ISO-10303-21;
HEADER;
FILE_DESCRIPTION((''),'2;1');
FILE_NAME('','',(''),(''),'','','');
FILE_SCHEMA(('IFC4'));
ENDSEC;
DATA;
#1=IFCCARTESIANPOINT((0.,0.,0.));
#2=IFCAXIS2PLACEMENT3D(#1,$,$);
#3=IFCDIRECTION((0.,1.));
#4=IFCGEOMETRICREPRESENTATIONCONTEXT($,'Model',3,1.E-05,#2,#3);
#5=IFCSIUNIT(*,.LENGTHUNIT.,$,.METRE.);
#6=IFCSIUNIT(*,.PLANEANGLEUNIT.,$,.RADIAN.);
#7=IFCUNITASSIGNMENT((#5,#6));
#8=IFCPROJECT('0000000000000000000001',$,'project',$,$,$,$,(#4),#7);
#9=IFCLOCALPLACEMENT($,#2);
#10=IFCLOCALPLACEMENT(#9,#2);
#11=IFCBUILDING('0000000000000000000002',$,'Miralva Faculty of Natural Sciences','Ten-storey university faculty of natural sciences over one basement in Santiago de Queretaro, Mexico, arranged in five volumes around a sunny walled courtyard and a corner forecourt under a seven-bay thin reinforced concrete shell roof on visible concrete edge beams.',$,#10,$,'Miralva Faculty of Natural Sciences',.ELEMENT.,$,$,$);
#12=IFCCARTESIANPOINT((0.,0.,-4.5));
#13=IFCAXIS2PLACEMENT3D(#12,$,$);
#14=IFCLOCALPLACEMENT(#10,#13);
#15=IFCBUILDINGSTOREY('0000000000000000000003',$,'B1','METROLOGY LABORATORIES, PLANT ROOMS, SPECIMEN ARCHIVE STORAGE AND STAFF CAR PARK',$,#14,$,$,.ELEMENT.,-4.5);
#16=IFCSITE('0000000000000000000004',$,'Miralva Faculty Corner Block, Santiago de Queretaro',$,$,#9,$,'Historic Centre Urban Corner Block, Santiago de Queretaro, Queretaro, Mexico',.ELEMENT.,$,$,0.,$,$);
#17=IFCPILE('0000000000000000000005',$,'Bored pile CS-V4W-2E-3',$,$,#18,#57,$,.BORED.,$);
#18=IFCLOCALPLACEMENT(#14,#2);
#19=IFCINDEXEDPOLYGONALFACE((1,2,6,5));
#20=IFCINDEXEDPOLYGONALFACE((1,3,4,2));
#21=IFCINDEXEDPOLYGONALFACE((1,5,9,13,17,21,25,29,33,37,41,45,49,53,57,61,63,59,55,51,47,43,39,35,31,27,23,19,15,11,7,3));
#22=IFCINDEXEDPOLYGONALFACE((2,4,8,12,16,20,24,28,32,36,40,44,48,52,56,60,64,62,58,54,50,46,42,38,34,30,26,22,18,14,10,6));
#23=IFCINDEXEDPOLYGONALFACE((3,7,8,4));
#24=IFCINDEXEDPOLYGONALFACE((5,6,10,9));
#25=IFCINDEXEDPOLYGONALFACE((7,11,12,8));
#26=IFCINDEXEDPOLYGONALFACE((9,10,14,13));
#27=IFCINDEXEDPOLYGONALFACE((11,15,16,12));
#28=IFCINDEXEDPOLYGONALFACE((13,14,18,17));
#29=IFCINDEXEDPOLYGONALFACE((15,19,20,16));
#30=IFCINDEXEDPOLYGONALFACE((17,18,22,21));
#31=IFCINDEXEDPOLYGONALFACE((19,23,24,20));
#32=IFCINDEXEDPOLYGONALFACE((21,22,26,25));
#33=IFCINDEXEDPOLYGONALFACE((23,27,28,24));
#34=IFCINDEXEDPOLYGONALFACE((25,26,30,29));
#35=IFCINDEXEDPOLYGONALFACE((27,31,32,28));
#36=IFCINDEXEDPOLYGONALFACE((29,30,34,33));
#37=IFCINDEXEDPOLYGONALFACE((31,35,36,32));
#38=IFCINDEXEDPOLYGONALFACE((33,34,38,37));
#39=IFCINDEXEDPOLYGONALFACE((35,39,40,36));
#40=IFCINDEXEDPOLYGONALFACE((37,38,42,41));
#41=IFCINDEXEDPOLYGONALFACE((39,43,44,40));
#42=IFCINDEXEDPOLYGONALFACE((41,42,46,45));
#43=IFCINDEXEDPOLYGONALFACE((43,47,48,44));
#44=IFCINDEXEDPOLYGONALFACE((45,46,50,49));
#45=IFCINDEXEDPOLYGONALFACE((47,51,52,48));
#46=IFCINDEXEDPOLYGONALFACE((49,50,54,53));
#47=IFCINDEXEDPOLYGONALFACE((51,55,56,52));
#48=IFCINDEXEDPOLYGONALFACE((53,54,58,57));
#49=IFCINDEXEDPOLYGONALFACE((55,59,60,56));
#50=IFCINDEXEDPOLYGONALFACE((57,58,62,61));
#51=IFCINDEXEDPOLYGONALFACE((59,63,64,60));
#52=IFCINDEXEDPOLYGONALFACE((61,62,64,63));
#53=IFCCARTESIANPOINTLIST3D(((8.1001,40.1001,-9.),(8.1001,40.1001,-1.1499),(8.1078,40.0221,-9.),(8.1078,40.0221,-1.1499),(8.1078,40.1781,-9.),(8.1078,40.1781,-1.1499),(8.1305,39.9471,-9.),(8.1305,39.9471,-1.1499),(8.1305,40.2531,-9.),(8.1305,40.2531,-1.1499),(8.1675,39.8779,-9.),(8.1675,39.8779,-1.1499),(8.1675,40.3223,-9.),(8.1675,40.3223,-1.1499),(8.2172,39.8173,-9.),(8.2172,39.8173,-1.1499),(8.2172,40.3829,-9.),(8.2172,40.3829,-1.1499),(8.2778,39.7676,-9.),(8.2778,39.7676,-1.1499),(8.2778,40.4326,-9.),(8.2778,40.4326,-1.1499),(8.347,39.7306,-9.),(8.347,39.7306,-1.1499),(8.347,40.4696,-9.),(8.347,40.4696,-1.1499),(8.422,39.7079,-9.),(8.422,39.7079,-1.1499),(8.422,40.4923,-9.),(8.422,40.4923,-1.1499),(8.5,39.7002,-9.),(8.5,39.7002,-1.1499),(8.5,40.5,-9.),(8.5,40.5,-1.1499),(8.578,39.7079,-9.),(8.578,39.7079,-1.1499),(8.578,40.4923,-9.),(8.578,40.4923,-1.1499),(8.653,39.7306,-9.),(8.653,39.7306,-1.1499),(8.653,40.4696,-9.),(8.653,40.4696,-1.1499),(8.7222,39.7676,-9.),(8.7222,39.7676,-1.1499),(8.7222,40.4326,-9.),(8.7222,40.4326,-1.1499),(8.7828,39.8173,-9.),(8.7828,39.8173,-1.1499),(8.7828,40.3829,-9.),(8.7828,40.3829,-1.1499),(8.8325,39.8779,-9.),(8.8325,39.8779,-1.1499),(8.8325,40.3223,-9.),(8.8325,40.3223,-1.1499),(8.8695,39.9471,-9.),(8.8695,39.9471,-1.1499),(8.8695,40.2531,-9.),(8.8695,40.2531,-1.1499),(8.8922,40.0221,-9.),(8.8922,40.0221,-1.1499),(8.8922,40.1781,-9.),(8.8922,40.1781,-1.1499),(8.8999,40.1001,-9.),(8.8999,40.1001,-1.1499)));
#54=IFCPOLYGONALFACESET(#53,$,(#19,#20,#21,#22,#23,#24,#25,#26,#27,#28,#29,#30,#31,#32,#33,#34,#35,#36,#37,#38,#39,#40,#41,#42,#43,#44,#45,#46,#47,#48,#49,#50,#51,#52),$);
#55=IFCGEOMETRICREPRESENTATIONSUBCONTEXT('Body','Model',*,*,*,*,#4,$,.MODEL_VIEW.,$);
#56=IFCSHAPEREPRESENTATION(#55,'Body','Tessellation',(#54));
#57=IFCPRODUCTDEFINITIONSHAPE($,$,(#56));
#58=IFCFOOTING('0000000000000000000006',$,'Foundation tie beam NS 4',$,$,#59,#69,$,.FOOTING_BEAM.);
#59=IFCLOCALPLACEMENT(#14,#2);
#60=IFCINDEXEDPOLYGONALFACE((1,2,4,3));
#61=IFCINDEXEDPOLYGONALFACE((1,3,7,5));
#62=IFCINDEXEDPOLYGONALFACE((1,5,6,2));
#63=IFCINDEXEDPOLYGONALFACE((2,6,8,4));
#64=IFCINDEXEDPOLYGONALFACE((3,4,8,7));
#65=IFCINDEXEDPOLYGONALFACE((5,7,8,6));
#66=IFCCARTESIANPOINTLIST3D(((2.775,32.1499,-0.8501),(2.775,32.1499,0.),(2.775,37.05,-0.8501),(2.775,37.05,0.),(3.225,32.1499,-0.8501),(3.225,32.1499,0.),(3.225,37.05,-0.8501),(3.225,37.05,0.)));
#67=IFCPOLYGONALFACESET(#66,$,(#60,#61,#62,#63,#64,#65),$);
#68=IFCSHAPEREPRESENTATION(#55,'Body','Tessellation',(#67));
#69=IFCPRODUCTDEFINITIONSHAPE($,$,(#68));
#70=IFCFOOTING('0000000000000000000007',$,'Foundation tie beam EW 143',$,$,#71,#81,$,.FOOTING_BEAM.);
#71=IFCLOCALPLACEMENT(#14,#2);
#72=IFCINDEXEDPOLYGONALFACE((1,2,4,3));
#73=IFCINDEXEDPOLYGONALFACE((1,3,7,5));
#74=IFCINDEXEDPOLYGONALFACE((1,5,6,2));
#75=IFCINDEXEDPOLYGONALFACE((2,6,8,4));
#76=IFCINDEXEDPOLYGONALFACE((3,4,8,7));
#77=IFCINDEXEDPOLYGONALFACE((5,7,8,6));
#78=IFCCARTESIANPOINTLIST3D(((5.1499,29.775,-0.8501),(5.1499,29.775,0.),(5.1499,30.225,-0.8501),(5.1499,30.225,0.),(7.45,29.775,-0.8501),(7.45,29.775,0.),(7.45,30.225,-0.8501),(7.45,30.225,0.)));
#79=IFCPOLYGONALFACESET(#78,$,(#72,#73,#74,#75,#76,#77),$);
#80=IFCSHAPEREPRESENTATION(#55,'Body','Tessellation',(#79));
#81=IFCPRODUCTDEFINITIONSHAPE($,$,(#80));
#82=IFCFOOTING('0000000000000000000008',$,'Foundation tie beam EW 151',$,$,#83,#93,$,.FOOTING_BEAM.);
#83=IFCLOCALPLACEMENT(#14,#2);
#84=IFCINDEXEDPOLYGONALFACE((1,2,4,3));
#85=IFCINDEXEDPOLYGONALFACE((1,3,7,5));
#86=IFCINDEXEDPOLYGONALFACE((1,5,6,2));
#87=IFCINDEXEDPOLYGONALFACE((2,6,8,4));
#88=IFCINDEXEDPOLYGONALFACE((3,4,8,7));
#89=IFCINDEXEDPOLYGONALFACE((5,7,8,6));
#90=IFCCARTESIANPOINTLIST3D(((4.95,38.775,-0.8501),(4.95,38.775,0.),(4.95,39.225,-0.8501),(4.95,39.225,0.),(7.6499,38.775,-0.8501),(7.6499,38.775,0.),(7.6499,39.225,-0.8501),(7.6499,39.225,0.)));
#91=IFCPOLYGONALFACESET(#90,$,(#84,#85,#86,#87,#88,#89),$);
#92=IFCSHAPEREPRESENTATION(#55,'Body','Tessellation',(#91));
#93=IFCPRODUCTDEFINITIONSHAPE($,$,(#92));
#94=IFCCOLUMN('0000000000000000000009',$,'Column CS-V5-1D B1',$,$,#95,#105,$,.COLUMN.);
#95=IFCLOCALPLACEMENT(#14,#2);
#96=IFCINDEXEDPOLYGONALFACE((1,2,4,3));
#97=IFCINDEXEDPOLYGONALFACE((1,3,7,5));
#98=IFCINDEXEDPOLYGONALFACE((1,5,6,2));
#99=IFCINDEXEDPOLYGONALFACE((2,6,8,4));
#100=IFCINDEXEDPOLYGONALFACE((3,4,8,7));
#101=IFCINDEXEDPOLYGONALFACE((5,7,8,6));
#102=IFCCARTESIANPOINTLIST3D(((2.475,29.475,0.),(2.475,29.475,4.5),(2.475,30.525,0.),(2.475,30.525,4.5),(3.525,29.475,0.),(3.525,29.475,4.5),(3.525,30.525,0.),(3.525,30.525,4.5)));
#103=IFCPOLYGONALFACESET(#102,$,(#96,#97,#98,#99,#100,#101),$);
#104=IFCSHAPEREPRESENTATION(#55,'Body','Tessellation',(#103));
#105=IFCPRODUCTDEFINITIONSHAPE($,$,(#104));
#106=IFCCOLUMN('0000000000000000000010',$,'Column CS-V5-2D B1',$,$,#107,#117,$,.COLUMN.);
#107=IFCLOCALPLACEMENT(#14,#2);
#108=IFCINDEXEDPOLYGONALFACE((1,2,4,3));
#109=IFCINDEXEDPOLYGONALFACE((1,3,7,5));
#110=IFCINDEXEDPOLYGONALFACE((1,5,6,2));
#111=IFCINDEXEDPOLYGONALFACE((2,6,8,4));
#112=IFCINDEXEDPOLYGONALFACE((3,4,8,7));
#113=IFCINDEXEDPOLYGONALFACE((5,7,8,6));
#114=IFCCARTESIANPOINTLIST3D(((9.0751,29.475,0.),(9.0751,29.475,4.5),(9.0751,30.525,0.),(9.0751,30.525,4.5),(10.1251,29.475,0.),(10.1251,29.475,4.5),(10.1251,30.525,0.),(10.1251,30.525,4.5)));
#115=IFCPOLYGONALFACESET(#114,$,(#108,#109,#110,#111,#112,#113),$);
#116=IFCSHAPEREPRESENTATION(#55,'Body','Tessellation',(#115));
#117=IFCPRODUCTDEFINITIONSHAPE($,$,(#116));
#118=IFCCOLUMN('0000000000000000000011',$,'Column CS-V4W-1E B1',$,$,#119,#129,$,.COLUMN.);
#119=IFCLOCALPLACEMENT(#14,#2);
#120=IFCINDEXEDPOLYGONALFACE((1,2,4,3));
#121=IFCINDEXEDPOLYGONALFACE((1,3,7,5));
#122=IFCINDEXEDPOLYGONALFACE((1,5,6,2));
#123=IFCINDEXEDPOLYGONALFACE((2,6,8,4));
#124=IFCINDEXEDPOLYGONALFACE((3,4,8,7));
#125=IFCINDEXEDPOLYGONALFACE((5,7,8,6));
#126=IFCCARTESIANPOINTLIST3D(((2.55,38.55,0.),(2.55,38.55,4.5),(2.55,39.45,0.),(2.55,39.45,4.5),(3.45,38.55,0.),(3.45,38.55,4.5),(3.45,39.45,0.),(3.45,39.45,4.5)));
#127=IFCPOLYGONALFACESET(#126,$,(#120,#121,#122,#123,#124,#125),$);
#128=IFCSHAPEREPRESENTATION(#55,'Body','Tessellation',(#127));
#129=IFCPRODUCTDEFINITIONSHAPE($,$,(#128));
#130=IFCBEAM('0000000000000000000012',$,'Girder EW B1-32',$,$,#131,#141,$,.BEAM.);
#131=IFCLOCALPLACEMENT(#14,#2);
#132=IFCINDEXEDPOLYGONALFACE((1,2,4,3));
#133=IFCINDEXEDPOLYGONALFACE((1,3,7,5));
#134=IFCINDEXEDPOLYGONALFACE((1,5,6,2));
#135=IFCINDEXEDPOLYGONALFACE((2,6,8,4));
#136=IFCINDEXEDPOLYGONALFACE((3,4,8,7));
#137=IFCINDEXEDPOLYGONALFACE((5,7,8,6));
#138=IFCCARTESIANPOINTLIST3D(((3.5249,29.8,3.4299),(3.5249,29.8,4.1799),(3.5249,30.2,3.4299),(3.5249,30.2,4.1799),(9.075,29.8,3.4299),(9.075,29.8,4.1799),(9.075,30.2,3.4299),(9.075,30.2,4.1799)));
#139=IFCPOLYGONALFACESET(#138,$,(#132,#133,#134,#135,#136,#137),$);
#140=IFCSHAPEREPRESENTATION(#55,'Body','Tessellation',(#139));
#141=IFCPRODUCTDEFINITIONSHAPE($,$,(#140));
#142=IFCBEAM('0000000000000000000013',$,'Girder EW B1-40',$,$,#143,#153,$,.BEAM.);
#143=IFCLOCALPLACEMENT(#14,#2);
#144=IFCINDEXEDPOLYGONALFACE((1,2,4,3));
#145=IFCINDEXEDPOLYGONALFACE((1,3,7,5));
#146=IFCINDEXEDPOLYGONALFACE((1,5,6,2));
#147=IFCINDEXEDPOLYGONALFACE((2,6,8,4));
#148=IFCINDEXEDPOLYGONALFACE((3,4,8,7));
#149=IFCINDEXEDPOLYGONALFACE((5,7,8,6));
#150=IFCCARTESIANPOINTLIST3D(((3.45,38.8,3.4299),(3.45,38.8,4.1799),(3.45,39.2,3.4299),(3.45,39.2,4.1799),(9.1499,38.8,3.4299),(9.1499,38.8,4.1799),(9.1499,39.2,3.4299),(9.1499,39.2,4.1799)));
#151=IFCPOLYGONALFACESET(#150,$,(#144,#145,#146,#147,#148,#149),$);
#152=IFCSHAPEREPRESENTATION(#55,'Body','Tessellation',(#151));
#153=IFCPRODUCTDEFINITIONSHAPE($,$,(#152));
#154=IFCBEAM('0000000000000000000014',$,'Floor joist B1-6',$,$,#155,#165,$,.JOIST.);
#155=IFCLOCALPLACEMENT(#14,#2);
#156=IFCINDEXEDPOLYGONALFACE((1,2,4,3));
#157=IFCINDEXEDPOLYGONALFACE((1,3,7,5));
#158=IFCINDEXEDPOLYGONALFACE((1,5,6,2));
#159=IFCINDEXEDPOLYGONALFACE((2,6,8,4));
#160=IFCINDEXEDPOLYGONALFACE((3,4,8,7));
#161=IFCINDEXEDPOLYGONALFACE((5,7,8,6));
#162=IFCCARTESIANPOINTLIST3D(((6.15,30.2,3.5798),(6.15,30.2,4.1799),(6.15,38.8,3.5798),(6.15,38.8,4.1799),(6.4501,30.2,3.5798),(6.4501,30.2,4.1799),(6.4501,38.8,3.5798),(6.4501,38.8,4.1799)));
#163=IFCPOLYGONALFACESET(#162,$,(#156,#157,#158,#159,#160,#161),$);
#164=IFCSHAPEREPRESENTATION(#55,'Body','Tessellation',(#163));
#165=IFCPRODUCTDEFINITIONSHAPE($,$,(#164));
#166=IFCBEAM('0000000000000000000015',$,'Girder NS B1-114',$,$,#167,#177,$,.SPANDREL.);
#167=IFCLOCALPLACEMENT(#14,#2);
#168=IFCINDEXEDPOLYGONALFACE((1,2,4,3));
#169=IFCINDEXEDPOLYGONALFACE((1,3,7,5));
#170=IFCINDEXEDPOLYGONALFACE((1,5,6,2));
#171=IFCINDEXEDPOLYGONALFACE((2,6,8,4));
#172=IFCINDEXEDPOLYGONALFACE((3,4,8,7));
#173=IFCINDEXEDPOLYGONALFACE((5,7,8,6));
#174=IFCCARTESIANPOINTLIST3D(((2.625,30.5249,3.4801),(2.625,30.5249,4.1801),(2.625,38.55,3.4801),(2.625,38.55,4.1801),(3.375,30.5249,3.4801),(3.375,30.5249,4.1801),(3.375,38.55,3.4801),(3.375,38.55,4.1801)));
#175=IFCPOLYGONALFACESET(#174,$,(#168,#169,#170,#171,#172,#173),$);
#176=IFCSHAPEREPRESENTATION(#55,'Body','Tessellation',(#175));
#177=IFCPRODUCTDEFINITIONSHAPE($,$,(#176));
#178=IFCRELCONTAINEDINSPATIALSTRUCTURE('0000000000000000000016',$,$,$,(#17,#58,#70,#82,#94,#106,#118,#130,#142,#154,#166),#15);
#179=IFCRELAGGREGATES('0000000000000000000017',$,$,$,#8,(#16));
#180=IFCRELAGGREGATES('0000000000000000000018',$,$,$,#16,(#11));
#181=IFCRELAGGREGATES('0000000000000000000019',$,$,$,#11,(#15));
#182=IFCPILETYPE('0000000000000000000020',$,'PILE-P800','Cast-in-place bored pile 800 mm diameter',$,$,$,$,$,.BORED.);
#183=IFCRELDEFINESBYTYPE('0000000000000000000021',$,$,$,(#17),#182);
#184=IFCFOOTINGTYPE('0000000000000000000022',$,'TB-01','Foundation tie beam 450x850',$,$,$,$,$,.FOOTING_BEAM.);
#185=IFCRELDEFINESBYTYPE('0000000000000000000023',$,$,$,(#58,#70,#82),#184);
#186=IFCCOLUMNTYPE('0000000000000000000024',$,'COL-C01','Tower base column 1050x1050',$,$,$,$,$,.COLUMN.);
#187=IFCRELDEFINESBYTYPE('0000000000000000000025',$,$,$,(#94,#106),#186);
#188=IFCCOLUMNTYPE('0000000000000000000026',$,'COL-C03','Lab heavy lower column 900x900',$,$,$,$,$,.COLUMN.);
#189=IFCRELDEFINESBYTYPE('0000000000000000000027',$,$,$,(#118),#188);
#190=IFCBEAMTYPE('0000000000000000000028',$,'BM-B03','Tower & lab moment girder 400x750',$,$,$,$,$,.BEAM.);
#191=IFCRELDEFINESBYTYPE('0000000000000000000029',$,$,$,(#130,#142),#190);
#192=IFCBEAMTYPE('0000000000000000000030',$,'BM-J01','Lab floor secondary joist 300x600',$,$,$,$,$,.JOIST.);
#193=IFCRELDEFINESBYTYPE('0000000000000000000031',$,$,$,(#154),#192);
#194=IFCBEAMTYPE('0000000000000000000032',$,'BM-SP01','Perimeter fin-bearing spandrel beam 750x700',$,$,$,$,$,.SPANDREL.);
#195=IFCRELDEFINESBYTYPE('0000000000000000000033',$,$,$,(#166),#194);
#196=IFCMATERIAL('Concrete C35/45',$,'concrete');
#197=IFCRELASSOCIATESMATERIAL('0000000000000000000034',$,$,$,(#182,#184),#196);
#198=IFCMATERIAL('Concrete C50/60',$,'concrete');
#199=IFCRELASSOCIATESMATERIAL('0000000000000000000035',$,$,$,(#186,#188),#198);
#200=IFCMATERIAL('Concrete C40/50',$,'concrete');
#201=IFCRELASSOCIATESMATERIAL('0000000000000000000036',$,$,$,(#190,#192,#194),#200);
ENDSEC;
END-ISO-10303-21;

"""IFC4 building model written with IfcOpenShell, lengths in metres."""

from ifc_helpers import new_model, si_unit, direction, frame, origin, origin_2d, place, context, subcontext, project, spatial, rectangle, circle, extrude, material, material_profile, profile_set, type_object, element, save


model = new_model("IFC4")

# Units and contexts
model_context = context("Model", 3, precision=1e-05, world=origin(), true_north=direction((0.0, 1.0)))
body_context = subcontext(model_context, "Body", "Model", "MODEL_VIEW")
ifc_project = project(units=[si_unit("LENGTHUNIT", "METRE"), si_unit("PLANEANGLEUNIT", "RADIAN")], contexts=[model_context])

# Site, building, storey
site_placement = place(None, origin())
site = spatial("IfcSite", under=ifc_project, at=site_placement, Name="Miralva Faculty Corner Block, Santiago de Queretaro", LongName="Historic Centre Urban Corner Block, Santiago de Queretaro, Queretaro, Mexico", CompositionType="ELEMENT", RefElevation=0.0)
building_placement = place(site_placement, origin())
building = spatial("IfcBuilding", under=site, at=building_placement, Name="Miralva Faculty of Natural Sciences", Description="Ten-storey university faculty of natural sciences over one basement in Santiago de Queretaro, Mexico, arranged in five volumes around a sunny walled courtyard and a corner forecourt under a seven-bay thin reinforced concrete shell roof on visible concrete edge beams.", LongName="Miralva Faculty of Natural Sciences", CompositionType="ELEMENT")
storey_placement = place(building_placement, frame((0.0, 0.0, -4.5)))
storey = spatial("IfcBuildingStorey", under=building, at=storey_placement, Name="B1", Description="METROLOGY LABORATORIES, PLANT ROOMS, SPECIMEN ARCHIVE STORAGE AND STAFF CAR PARK", CompositionType="ELEMENT", Elevation=-4.5)

# Shared definitions
ifc_material_1 = material(Name="Concrete C35/45", Category="concrete")

# Pile
ifc_material_profile_1 = material_profile(ifc_material_1, circle(Radius=0.3999, at=origin_2d()), Name="BORED PILE 800")
ifc_profile_set_1 = profile_set([ifc_material_profile_1], Name="Concrete C35/45")
pile_type_1 = type_object("IfcPileType", Name="PILE-P800", Description="Cast-in-place bored pile 800 mm diameter", PredefinedType="BORED", material=ifc_profile_set_1)
for number, where, z_axis, x_axis, name in (
    (1, (8.5, 40.1001, -1.1499), (0.0, 0.0, -1.0), (1.0, 0.0, 0.0), "Bored pile CS-V4W-2E-3"),
):
    element("IfcPile", number, at=place(storey_placement, frame(where, z_axis=z_axis, x_axis=x_axis)), inside=storey, type_object=pile_type_1, Name=name, PredefinedType="BORED", context=body_context, shape_type="SweptSolid", body=[
        extrude(circle(Radius=0.3999, at=origin_2d()), origin(), (0.0, 0.0, 1.0), 7.8501),
    ])

# Footings
ifc_material_profile_2 = material_profile(ifc_material_1, rectangle(XDim=0.45, YDim=0.8501, at=origin_2d()), Name="RC 450x850")
ifc_profile_set_2 = profile_set([ifc_material_profile_2], Name="Concrete C35/45")
footing_type_1 = type_object("IfcFootingType", Name="TB-01", Description="Foundation tie beam 450x850", PredefinedType="FOOTING_BEAM", material=ifc_profile_set_2)
footing_1_placement = place(storey_placement, frame((3.0, 32.1499, -0.425), z_axis=(0.0, 1.0, 0.0), x_axis=(-1.0, 0.0, 0.0)))
element("IfcFooting", 2, at=footing_1_placement, inside=storey, type_object=footing_type_1, Name="Foundation tie beam NS 4", PredefinedType="FOOTING_BEAM", context=body_context, shape_type="SweptSolid", body=[
    extrude(rectangle(XDim=0.45, YDim=0.8501, at=origin_2d()), origin(), (0.0, 0.0, 1.0), 4.9001),
])
footing_2_placement = place(storey_placement, frame((5.1499, 30.0, -0.425), z_axis=(1.0, 0.0, 0.0), x_axis=(0.0, 1.0, 0.0)))
element("IfcFooting", 3, at=footing_2_placement, inside=storey, type_object=footing_type_1, Name="Foundation tie beam EW 143", PredefinedType="FOOTING_BEAM", context=body_context, shape_type="SweptSolid", body=[
    extrude(rectangle(XDim=0.45, YDim=0.8501, at=origin_2d()), origin(), (0.0, 0.0, 1.0), 2.3),
])
footing_3_placement = place(storey_placement, frame((4.95, 39.0, -0.425), z_axis=(1.0, 0.0, 0.0), x_axis=(0.0, 1.0, 0.0)))
element("IfcFooting", 4, at=footing_3_placement, inside=storey, type_object=footing_type_1, Name="Foundation tie beam EW 151", PredefinedType="FOOTING_BEAM", context=body_context, shape_type="SweptSolid", body=[
    extrude(rectangle(XDim=0.45, YDim=0.8501, at=origin_2d()), origin(), (0.0, 0.0, 1.0), 2.7),
])

# Columns
ifc_material_2 = material(Name="Concrete C50/60", Category="concrete")
ifc_material_profile_3 = material_profile(ifc_material_2, rectangle(XDim=1.05, YDim=1.05, at=origin_2d()), Name="RC 1050x1050")
ifc_profile_set_3 = profile_set([ifc_material_profile_3], Name="Concrete C50/60")
column_type_1 = type_object("IfcColumnType", Name="COL-C01", Description="Tower base column 1050x1050", PredefinedType="COLUMN", material=ifc_profile_set_3)
for number, where, z_axis, x_axis, name in (
    (5, (3.0, 30.0, 0.0), (0.0, 0.0, 1.0), (1.0, 0.0, 0.0), "Column CS-V5-1D B1"),
    (6, (9.6001, 30.0, 0.0), (0.0, 0.0, 1.0), (1.0, 0.0, 0.0), "Column CS-V5-2D B1"),
):
    element("IfcColumn", number, at=place(storey_placement, frame(where, z_axis=z_axis, x_axis=x_axis)), inside=storey, type_object=column_type_1, Name=name, PredefinedType="COLUMN", context=body_context, shape_type="SweptSolid", body=[
        extrude(rectangle(XDim=1.05, YDim=1.05, at=origin_2d()), origin(), (0.0, 0.0, 1.0), 4.5),
    ])
ifc_material_profile_4 = material_profile(ifc_material_2, rectangle(XDim=0.8999, YDim=0.8999, at=origin_2d()), Name="RC 900x900")
ifc_profile_set_4 = profile_set([ifc_material_profile_4], Name="Concrete C50/60")
column_type_2 = type_object("IfcColumnType", Name="COL-C03", Description="Lab heavy lower column 900x900", PredefinedType="COLUMN", material=ifc_profile_set_4)
column_placement = place(storey_placement, frame((3.0, 39.0, 0.0), z_axis=(0.0, 0.0, 1.0), x_axis=(1.0, 0.0, 0.0)))
element("IfcColumn", 7, at=column_placement, inside=storey, type_object=column_type_2, Name="Column CS-V4W-1E B1", PredefinedType="COLUMN", context=body_context, shape_type="SweptSolid", body=[
    extrude(rectangle(XDim=0.8999, YDim=0.8999, at=origin_2d()), origin(), (0.0, 0.0, 1.0), 4.5),
])

# Beams
ifc_material_3 = material(Name="Concrete C40/50", Category="concrete")
ifc_material_profile_5 = material_profile(ifc_material_3, rectangle(XDim=0.3999, YDim=0.75, at=origin_2d()), Name="RC 400x750")
ifc_profile_set_5 = profile_set([ifc_material_profile_5], Name="Concrete C40/50")
beam_type_1 = type_object("IfcBeamType", Name="BM-B03", Description="Tower & lab moment girder 400x750", PredefinedType="BEAM", material=ifc_profile_set_5)
beam_1_placement = place(storey_placement, frame((3.5249, 30.0, 3.8049), z_axis=(1.0, 0.0, 0.0), x_axis=(0.0, 1.0, 0.0)))
element("IfcBeam", 8, at=beam_1_placement, inside=storey, type_object=beam_type_1, Name="Girder EW B1-32", PredefinedType="BEAM", context=body_context, shape_type="SweptSolid", body=[
    extrude(rectangle(XDim=0.3999, YDim=0.75, at=origin_2d()), origin(), (0.0, 0.0, 1.0), 5.55),
])
beam_2_placement = place(storey_placement, frame((3.45, 39.0, 3.8049), z_axis=(1.0, 0.0, 0.0), x_axis=(0.0, 1.0, 0.0)))
element("IfcBeam", 9, at=beam_2_placement, inside=storey, type_object=beam_type_1, Name="Girder EW B1-40", PredefinedType="BEAM", context=body_context, shape_type="SweptSolid", body=[
    extrude(rectangle(XDim=0.3999, YDim=0.75, at=origin_2d()), origin(), (0.0, 0.0, 1.0), 5.7),
])
ifc_material_profile_6 = material_profile(ifc_material_3, rectangle(XDim=0.3, YDim=0.6001, at=origin_2d()), Name="RC 300x600")
ifc_profile_set_6 = profile_set([ifc_material_profile_6], Name="Concrete C40/50")
beam_type_2 = type_object("IfcBeamType", Name="BM-J01", Description="Lab floor secondary joist 300x600", PredefinedType="JOIST", material=ifc_profile_set_6)
beam_3_placement = place(storey_placement, frame((6.3, 30.2, 3.8799), z_axis=(0.0, 1.0, 0.0), x_axis=(-1.0, 0.0, 0.0)))
element("IfcBeam", 10, at=beam_3_placement, inside=storey, type_object=beam_type_2, Name="Floor joist B1-6", PredefinedType="JOIST", context=body_context, shape_type="SweptSolid", body=[
    extrude(rectangle(XDim=0.3, YDim=0.6001, at=origin_2d()), origin(), (0.0, 0.0, 1.0), 8.6001),
])
ifc_material_profile_7 = material_profile(ifc_material_3, rectangle(XDim=0.75, YDim=0.7, at=origin_2d()), Name="RC 750x700")
ifc_profile_set_7 = profile_set([ifc_material_profile_7], Name="Concrete C40/50")
beam_type_3 = type_object("IfcBeamType", Name="BM-SP01", Description="Perimeter fin-bearing spandrel beam 750x700", PredefinedType="SPANDREL", material=ifc_profile_set_7)
beam_4_placement = place(storey_placement, frame((3.0, 30.5249, 3.8301), z_axis=(0.0, 1.0, 0.0), x_axis=(-1.0, 0.0, 0.0)))
element("IfcBeam", 11, at=beam_4_placement, inside=storey, type_object=beam_type_3, Name="Girder NS B1-114", PredefinedType="SPANDREL", context=body_context, shape_type="SweptSolid", body=[
    extrude(rectangle(XDim=0.75, YDim=0.7, at=origin_2d()), origin(), (0.0, 0.0, 1.0), 8.0251),
])

save(model, "model.ifc")
